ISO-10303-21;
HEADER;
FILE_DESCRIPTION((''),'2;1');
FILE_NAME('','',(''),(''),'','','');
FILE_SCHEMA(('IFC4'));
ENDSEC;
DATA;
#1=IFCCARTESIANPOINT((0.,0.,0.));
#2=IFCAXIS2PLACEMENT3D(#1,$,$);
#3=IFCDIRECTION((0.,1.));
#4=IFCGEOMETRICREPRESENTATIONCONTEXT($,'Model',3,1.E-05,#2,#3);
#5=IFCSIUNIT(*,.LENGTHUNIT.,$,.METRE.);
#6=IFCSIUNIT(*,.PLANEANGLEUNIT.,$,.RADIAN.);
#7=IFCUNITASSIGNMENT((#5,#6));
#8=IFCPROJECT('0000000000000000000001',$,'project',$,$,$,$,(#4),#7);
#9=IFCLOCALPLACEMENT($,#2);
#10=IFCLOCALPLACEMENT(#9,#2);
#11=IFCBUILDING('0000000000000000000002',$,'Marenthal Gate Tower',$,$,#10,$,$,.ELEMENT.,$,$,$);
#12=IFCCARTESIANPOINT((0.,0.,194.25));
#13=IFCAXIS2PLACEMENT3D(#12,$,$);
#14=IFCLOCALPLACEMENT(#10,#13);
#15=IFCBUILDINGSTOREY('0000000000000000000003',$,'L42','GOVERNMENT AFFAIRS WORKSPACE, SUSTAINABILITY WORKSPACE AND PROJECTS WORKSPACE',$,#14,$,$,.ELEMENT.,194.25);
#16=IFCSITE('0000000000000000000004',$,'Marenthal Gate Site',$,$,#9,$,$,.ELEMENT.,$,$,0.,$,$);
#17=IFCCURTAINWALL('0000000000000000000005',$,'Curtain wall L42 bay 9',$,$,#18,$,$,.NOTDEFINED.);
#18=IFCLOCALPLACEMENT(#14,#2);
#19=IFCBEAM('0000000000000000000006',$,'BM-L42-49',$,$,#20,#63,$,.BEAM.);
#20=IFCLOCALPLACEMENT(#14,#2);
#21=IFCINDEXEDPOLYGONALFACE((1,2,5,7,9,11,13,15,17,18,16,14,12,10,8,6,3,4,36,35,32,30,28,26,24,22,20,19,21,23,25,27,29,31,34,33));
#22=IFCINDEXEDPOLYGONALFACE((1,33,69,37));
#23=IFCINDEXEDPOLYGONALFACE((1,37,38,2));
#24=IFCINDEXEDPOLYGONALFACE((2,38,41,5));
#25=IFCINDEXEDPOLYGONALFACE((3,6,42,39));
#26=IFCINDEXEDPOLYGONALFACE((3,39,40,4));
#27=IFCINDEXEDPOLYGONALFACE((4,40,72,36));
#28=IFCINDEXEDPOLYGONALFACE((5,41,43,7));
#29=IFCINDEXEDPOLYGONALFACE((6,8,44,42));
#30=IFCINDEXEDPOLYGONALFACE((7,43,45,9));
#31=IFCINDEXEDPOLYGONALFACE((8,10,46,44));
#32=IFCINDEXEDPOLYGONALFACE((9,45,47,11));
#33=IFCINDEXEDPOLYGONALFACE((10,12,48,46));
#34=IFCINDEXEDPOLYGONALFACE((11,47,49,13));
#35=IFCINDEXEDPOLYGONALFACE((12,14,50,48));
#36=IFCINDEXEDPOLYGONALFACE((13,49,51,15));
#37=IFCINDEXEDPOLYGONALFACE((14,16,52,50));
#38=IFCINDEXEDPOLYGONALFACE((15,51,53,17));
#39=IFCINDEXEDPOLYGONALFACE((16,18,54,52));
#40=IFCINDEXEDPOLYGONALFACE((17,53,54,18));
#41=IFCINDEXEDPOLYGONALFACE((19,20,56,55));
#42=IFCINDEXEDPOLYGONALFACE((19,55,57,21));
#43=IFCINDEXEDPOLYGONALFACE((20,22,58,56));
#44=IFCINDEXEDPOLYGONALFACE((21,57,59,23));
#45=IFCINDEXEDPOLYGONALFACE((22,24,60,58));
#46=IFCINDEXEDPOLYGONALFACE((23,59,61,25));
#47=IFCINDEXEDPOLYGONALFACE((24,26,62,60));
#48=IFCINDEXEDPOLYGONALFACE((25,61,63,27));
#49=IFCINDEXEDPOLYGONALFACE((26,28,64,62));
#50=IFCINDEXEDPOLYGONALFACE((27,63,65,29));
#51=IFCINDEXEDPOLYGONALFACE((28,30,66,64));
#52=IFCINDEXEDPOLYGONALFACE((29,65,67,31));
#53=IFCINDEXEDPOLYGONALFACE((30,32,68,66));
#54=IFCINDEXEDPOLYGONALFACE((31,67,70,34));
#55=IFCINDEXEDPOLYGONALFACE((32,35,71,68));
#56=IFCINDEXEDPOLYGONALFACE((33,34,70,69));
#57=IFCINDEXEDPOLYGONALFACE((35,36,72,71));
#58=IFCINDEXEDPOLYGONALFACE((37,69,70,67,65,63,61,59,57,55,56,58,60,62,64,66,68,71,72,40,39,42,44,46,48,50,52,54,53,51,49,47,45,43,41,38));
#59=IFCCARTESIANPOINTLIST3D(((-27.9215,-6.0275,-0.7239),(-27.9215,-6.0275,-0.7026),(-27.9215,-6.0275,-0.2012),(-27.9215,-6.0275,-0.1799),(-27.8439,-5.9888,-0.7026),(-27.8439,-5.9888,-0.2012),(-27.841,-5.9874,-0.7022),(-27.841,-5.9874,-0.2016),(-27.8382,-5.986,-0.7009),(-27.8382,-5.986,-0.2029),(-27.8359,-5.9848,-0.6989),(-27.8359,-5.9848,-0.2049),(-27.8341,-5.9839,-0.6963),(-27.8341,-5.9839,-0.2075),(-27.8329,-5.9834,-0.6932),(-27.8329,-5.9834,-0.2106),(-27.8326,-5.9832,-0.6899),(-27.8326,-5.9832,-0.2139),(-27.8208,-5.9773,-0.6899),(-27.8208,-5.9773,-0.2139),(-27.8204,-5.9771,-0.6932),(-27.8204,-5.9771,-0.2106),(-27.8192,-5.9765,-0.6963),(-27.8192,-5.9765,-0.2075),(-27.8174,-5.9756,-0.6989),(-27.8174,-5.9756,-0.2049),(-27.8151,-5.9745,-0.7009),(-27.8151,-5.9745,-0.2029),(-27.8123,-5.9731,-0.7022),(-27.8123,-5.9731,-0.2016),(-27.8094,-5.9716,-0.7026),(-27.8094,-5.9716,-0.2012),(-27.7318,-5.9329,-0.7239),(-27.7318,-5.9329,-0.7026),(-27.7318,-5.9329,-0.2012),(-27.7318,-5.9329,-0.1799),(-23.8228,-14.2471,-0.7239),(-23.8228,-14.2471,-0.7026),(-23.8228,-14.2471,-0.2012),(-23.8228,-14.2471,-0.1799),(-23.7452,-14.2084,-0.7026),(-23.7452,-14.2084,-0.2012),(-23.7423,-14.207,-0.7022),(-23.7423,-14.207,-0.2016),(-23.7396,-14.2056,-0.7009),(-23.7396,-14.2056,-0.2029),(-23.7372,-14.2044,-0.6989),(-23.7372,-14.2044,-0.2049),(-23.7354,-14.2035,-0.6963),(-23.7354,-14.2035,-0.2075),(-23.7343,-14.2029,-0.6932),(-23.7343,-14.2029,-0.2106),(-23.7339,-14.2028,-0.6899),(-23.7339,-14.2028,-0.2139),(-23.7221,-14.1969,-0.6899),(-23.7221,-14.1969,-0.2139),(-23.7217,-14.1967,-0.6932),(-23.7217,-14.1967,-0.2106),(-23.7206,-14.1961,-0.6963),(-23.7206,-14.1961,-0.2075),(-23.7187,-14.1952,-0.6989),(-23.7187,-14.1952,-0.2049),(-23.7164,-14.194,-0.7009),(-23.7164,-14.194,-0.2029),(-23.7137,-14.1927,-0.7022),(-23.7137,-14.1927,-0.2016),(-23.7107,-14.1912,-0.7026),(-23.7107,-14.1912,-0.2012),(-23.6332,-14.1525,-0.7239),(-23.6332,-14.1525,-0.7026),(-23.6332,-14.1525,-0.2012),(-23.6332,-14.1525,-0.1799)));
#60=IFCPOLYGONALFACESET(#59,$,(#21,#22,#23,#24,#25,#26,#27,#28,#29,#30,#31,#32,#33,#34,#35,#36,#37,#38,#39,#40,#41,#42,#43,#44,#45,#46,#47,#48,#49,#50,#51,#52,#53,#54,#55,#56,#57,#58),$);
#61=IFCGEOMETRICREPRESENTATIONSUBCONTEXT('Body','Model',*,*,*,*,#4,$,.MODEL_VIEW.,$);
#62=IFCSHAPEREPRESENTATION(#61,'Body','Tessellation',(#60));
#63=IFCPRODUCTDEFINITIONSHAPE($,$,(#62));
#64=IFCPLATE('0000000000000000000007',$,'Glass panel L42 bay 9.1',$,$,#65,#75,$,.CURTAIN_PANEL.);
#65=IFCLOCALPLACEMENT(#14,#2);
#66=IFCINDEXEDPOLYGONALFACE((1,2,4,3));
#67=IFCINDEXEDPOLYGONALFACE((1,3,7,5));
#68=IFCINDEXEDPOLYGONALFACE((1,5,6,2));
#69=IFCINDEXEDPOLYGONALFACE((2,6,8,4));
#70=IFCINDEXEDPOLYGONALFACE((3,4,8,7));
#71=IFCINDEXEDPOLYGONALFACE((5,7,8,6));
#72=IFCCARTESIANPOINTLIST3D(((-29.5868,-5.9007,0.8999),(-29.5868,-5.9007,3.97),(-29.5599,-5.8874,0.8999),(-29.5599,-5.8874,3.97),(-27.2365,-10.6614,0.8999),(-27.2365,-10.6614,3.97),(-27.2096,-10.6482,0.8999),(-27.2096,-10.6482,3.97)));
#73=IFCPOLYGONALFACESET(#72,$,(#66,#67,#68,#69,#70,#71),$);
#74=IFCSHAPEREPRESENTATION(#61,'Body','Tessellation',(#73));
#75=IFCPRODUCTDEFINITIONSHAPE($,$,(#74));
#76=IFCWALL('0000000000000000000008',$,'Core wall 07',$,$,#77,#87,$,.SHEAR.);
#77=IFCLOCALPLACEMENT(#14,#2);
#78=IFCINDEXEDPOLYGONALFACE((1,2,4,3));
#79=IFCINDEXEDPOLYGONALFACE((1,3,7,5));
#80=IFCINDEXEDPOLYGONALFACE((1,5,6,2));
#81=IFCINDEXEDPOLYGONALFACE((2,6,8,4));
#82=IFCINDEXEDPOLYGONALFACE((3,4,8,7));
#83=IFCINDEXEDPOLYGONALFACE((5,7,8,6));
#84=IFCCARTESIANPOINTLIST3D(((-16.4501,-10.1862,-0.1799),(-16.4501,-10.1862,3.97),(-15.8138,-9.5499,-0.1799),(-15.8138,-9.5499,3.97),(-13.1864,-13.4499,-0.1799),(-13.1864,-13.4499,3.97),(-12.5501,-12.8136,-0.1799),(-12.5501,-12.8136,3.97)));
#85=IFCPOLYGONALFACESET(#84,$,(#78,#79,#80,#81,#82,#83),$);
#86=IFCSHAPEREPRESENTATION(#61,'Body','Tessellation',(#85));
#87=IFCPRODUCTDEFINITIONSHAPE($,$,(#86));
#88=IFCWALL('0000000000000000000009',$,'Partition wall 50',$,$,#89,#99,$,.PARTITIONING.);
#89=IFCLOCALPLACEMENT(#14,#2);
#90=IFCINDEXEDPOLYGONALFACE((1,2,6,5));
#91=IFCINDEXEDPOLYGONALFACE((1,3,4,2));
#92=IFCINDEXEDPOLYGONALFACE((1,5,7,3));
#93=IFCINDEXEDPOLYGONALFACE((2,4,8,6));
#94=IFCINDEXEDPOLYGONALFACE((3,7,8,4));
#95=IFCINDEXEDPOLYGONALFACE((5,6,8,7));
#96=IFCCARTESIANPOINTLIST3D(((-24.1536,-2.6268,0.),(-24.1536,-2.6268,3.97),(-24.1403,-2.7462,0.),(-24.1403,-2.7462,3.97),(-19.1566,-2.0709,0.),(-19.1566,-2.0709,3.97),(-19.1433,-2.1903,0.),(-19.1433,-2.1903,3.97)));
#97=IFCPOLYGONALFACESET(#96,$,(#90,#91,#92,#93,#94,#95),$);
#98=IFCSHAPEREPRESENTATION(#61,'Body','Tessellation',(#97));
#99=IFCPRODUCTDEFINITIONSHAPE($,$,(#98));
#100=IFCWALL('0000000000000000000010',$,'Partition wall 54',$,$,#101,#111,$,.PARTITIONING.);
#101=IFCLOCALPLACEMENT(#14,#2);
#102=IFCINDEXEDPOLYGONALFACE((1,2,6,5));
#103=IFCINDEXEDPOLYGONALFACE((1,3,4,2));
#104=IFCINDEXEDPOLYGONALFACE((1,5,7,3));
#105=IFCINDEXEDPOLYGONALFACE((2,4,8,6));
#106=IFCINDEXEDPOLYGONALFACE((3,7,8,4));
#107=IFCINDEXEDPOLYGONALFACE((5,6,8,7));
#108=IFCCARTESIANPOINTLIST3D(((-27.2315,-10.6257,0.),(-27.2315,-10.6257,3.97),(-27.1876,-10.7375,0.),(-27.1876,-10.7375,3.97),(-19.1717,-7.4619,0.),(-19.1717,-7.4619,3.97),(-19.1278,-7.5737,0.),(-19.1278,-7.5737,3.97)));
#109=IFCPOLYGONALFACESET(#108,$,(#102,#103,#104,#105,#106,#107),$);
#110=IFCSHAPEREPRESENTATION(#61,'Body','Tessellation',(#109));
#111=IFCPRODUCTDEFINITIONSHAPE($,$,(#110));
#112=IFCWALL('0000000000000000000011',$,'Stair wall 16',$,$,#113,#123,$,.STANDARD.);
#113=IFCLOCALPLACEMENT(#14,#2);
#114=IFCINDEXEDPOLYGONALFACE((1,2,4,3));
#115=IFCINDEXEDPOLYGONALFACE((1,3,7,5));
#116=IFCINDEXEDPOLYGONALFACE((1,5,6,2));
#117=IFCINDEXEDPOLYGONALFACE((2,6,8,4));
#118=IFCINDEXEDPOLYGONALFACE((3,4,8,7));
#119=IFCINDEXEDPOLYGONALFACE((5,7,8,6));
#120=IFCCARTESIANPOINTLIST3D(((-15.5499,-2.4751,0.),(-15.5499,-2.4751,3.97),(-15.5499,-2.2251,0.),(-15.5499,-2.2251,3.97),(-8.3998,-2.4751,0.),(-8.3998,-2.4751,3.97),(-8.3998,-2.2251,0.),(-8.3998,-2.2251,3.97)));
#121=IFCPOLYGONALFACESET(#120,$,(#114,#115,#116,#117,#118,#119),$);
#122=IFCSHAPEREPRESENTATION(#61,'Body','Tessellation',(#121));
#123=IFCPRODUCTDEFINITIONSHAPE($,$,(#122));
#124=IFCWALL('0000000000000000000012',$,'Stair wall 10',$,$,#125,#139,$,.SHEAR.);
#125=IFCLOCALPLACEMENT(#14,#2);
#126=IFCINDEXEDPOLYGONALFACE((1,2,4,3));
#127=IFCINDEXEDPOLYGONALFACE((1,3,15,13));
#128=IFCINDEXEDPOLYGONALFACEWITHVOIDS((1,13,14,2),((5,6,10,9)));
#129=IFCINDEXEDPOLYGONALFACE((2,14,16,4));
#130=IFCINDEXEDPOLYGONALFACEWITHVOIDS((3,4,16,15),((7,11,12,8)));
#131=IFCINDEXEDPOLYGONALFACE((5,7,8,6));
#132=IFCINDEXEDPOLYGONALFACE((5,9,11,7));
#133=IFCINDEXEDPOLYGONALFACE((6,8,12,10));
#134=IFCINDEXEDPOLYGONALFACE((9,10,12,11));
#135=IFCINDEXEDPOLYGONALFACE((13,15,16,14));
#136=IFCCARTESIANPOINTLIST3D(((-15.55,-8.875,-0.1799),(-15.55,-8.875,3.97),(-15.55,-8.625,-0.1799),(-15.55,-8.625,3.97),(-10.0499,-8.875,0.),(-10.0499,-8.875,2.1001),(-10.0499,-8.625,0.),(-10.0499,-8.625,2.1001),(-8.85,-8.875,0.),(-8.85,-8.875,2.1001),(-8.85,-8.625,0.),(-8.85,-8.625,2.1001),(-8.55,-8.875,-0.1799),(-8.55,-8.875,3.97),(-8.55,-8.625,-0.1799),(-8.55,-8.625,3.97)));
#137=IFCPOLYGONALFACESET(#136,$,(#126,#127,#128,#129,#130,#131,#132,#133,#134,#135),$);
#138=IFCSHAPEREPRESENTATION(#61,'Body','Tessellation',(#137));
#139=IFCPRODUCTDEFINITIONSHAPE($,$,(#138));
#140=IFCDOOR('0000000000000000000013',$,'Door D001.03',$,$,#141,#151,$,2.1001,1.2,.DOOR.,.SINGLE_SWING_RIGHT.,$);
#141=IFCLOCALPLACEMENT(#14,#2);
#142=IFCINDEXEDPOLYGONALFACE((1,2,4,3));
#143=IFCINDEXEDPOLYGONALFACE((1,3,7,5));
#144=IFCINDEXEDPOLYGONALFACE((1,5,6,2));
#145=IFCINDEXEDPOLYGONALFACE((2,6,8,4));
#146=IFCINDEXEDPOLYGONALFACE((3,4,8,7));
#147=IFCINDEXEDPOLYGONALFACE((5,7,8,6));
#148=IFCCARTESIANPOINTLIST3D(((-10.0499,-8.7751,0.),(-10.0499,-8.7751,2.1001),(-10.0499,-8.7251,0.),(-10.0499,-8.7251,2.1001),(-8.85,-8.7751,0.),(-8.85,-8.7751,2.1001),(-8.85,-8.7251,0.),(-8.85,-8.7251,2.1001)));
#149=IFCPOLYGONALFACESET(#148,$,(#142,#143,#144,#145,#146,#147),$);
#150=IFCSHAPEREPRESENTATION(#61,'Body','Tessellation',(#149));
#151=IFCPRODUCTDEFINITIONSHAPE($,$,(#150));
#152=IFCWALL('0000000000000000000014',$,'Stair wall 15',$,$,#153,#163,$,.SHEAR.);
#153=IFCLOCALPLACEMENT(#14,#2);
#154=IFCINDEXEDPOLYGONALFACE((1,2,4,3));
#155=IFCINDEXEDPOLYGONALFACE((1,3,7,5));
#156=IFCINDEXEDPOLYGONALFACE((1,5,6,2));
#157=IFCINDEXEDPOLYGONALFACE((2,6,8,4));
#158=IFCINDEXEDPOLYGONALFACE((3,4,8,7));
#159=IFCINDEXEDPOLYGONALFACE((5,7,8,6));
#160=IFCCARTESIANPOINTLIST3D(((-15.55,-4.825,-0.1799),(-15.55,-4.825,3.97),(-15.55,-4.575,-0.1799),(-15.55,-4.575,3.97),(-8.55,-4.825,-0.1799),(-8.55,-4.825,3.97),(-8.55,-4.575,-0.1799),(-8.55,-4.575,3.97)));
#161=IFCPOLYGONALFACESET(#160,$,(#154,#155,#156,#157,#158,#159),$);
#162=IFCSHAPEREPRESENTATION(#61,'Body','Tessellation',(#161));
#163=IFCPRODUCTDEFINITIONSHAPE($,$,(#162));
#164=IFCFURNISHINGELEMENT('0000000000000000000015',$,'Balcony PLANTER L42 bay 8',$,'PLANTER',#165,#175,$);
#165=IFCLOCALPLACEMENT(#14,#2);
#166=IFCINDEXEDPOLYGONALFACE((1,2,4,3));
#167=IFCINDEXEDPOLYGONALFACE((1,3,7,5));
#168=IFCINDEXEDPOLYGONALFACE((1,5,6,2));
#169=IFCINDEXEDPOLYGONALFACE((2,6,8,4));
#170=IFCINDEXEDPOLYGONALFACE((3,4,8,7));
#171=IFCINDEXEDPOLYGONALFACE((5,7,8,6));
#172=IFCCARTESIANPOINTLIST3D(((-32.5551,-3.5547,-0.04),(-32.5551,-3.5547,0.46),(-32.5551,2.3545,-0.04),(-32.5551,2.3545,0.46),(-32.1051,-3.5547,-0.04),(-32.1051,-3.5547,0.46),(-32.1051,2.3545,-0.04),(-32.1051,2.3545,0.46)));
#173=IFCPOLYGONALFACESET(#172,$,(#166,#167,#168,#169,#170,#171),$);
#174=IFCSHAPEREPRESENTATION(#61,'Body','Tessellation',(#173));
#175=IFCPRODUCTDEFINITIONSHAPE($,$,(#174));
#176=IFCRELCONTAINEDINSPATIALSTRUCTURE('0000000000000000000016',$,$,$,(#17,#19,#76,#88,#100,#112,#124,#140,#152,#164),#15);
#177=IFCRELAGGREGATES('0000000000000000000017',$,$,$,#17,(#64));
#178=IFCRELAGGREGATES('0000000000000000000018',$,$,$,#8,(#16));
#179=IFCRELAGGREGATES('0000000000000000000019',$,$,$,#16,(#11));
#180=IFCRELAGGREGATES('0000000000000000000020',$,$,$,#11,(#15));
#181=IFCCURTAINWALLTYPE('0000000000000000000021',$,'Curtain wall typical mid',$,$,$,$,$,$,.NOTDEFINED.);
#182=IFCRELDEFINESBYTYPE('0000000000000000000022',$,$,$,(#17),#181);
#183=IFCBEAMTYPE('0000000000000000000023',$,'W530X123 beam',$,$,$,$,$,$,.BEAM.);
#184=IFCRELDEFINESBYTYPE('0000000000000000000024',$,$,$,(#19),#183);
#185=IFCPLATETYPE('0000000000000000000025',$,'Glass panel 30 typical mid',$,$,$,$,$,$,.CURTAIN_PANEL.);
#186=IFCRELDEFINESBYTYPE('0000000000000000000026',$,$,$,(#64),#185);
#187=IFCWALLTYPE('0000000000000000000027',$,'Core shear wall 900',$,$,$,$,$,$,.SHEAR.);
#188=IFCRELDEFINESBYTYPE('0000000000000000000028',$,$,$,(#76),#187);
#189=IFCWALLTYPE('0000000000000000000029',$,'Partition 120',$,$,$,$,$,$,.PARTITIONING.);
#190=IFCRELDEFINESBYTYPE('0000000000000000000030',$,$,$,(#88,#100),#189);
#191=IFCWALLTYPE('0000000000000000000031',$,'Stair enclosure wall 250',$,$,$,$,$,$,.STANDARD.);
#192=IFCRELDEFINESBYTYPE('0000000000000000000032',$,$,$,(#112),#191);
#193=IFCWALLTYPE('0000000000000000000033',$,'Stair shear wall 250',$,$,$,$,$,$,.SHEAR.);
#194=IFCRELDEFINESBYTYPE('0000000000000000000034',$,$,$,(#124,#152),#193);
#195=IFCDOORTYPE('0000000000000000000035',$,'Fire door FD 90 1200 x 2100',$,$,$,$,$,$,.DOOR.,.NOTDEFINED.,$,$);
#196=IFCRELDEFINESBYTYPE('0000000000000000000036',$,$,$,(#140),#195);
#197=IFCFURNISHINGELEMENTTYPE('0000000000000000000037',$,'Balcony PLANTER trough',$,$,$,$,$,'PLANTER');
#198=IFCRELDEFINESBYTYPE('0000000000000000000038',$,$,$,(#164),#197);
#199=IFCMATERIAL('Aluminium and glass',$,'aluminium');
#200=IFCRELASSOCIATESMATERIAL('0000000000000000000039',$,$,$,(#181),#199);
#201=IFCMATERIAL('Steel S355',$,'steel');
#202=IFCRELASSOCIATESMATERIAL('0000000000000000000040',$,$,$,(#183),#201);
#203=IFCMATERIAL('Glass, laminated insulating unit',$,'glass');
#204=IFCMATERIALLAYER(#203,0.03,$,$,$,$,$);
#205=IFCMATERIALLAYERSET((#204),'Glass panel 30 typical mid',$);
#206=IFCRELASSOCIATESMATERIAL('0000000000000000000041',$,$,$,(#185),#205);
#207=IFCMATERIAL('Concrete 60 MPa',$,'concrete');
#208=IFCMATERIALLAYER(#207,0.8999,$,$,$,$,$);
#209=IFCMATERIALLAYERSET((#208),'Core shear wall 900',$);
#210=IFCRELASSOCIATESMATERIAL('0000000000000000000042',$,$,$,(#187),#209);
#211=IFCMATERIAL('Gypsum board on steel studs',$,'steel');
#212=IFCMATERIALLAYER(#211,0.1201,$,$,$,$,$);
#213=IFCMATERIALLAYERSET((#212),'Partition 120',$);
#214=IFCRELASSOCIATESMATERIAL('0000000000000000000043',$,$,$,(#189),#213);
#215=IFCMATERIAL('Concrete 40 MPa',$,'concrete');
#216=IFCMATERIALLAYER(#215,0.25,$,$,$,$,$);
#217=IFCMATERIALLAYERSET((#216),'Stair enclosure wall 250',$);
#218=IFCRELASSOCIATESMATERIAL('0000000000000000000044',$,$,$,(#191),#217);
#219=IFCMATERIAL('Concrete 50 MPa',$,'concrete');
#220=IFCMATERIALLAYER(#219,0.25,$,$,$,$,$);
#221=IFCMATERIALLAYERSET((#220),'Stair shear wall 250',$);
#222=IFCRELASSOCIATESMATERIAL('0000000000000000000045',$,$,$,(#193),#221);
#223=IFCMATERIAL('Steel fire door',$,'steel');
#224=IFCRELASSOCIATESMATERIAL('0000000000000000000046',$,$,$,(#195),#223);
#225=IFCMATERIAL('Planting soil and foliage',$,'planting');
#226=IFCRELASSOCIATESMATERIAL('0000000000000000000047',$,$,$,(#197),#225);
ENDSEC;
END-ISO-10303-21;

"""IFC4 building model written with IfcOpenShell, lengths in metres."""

from ifc_helpers import new_model, si_unit, direction, frame, frame_2d, origin, origin_2d, place, context, subcontext, project, spatial, rectangle, i_section, extrude, material, layer, layer_set, material_profile, profile_set, type_object, element, fill, aggregate, save


model = new_model("IFC4")

# Units and contexts
model_context = context("Model", 3, precision=1e-05, world=origin(), true_north=direction((0.0, 1.0)))
body_context = subcontext(model_context, "Body", "Model", "MODEL_VIEW")
ifc_project = project(units=[si_unit("LENGTHUNIT", "METRE"), si_unit("PLANEANGLEUNIT", "RADIAN")], contexts=[model_context])

# Site, building, storey
site_placement = place(None, origin())
site = spatial("IfcSite", under=ifc_project, at=site_placement, Name="Marenthal Gate Site", CompositionType="ELEMENT", RefElevation=0.0)
building_placement = place(site_placement, origin())
building = spatial("IfcBuilding", under=site, at=building_placement, Name="Marenthal Gate Tower", CompositionType="ELEMENT")
storey_placement = place(building_placement, frame((0.0, 0.0, 194.25)))
storey = spatial("IfcBuildingStorey", under=building, at=storey_placement, Name="L42", Description="GOVERNMENT AFFAIRS WORKSPACE, SUSTAINABILITY WORKSPACE AND PROJECTS WORKSPACE", CompositionType="ELEMENT", Elevation=194.25)

# Curtain wall
ifc_material_1 = material(Name="Aluminium and glass", Category="aluminium")
curtain_wall_type = type_object("IfcCurtainWallType", Name="Curtain wall typical mid", PredefinedType="NOTDEFINED", material=ifc_material_1)
curtain_wall_placement = place(storey_placement, origin())
curtain_wall = element("IfcCurtainWall", 1, at=curtain_wall_placement, inside=storey, type_object=curtain_wall_type, Name="Curtain wall L42 bay 9", PredefinedType="NOTDEFINED")

# Beam
ifc_material_2 = material(Name="Steel S355", Category="steel")
ifc_material_profile_1 = material_profile(ifc_material_2, i_section(OverallWidth=0.2119, OverallDepth=0.5439, WebThickness=0.0132, FlangeThickness=0.0212, FilletRadius=0.0127, at=origin_2d()), Name="W530X123")
ifc_profile_set_1 = profile_set([ifc_material_profile_1], Name="Steel S355")
beam_type_1 = type_object("IfcBeamType", Name="W530X123 beam", PredefinedType="BEAM", material=ifc_profile_set_1)
beam_1_placement = place(storey_placement, frame((-27.8267, -5.9802, -0.4519), z_axis=(0.446246, -0.89491, 0.0), x_axis=(0.89491, 0.446246, 0.0)))
element("IfcBeam", 2, at=beam_1_placement, inside=storey, type_object=beam_type_1, Name="BM-L42-49", PredefinedType="BEAM", context=body_context, shape_type="SweptSolid", body=[
    extrude(i_section(OverallWidth=0.2119, OverallDepth=0.5439, WebThickness=0.0132, FlangeThickness=0.0212, FilletRadius=0.0127, at=origin_2d()), origin(), (0.0, 0.0, 1.0), 9.1848),
])

# Plate
ifc_material_3 = material(Name="Glass, laminated insulating unit", Category="glass")
ifc_layer_1 = layer(ifc_material_3, 0.03)
ifc_layer_set_1 = layer_set([ifc_layer_1], Name="Glass panel 30 typical mid")
plate_type = type_object("IfcPlateType", Name="Glass panel 30 typical mid", PredefinedType="CURTAIN_PANEL", material=ifc_layer_set_1)
plate_placement = place(storey_placement, frame((-28.3982, -8.2744, 0.8999), z_axis=(0.0, 0.0, 1.0), x_axis=(0.442678, -0.896681, 0.0)))
plate = element("IfcPlate", 3, at=plate_placement, type_object=plate_type, Name="Glass panel L42 bay 9.1", PredefinedType="CURTAIN_PANEL", context=body_context, shape_type="SweptSolid", body=[
    extrude(rectangle(XDim=5.3093, YDim=0.03, at=origin_2d()), origin(), (0.0, 0.0, 1.0), 3.0701),
])
aggregate(curtain_wall, [plate])

# Walls
ifc_material_4 = material(Name="Concrete 60 MPa", Category="concrete")
ifc_layer_2 = layer(ifc_material_4, 0.8999)
ifc_layer_set_2 = layer_set([ifc_layer_2], Name="Core shear wall 900")
wall_type_1 = type_object("IfcWallType", Name="Core shear wall 900", PredefinedType="SHEAR", material=ifc_layer_set_2)
wall_1_placement = place(storey_placement, frame((-16.1318, -9.8682, -0.1799), z_axis=(0.0, 0.0, 1.0), x_axis=(0.707107, -0.707107, 0.0)))
element("IfcWall", 4, at=wall_1_placement, inside=storey, type_object=wall_type_1, Name="Core wall 07", PredefinedType="SHEAR", context=body_context, shape_type="SweptSolid", body=[
    extrude(rectangle(XDim=4.6155, YDim=0.8999, at=frame_2d((2.3076, 0.0))), origin(), (0.0, 0.0, 1.0), 4.1499),
])
ifc_material_5 = material(Name="Gypsum board on steel studs", Category="steel")
ifc_layer_3 = layer(ifc_material_5, 0.1201)
ifc_layer_set_3 = layer_set([ifc_layer_3], Name="Partition 120")
wall_type_2 = type_object("IfcWallType", Name="Partition 120", PredefinedType="PARTITIONING", material=ifc_layer_set_3)
wall_2_placement = place(storey_placement, frame((-24.147, -2.6865, 0.0), z_axis=(0.0, 0.0, 1.0), x_axis=(0.993869, 0.110565, 0.0)))
element("IfcWall", 5, at=wall_2_placement, inside=storey, type_object=wall_type_2, Name="Partition wall 50", PredefinedType="PARTITIONING", context=body_context, shape_type="SweptSolid", body=[
    extrude(rectangle(XDim=5.0278, YDim=0.1201, at=frame_2d((2.5139, 0.0))), origin(), (0.0, 0.0, 1.0), 3.97),
])
wall_3_placement = place(storey_placement, frame((-19.1499, -7.5178, 0.0), z_axis=(0.0, 0.0, 1.0), x_axis=(-0.930851, -0.365398, 0.0)))
element("IfcWall", 6, at=wall_3_placement, inside=storey, type_object=wall_type_2, Name="Partition wall 54", PredefinedType="PARTITIONING", context=body_context, shape_type="SweptSolid", body=[
    extrude(rectangle(XDim=8.6584, YDim=0.1201, at=frame_2d((4.3291, 0.0))), origin(), (0.0, 0.0, 1.0), 3.97),
])
ifc_material_6 = material(Name="Concrete 40 MPa", Category="concrete")
ifc_layer_4 = layer(ifc_material_6, 0.25)
ifc_layer_set_4 = layer_set([ifc_layer_4], Name="Stair enclosure wall 250")
wall_type_3 = type_object("IfcWallType", Name="Stair enclosure wall 250", PredefinedType="STANDARD", material=ifc_layer_set_4)
wall_4_placement = place(storey_placement, frame((-15.55, -2.3501, 0.0), z_axis=(0.0, 0.0, 1.0), x_axis=(1.0, 0.0, 0.0)))
element("IfcWall", 7, at=wall_4_placement, inside=storey, type_object=wall_type_3, Name="Stair wall 16", PredefinedType="STANDARD", context=body_context, shape_type="SweptSolid", body=[
    extrude(rectangle(XDim=7.1501, YDim=0.25, at=frame_2d((3.5752, 0.0))), origin(), (0.0, 0.0, 1.0), 3.97),
])

# Wall, opening, door
ifc_material_7 = material(Name="Concrete 50 MPa", Category="concrete")
ifc_layer_5 = layer(ifc_material_7, 0.25)
ifc_layer_set_5 = layer_set([ifc_layer_5], Name="Stair shear wall 250")
wall_type_4 = type_object("IfcWallType", Name="Stair shear wall 250", PredefinedType="SHEAR", material=ifc_layer_set_5)
wall_5_placement = place(storey_placement, frame((-15.55, -8.75, -0.1799), z_axis=(0.0, 0.0, 1.0), x_axis=(1.0, 0.0, 0.0)))
wall_5 = element("IfcWall", 8, at=wall_5_placement, inside=storey, type_object=wall_type_4, Name="Stair wall 10", PredefinedType="SHEAR", context=body_context, shape_type="SweptSolid", body=[
    extrude(rectangle(XDim=7.0, YDim=0.25, at=frame_2d((3.5, 0.0))), origin(), (0.0, 0.0, 1.0), 4.1499),
])
opening_placement = place(wall_5_placement, frame((5.5, 0.0, 0.1799)))
opening = element("IfcOpeningElement", 9, at=opening_placement, cuts=wall_5, PredefinedType="OPENING", context=body_context, shape_type="SweptSolid", body=[
    extrude(rectangle(XDim=1.2, YDim=2.1001, at=frame_2d((0.6001, 1.05))), frame((0.0, 0.135, 0.0), z_axis=(0.0, -1.0, 0.0), x_axis=(1.0, 0.0, 0.0)), (0.0, 0.0, 1.0), 0.27),
])
ifc_material_8 = material(Name="Steel fire door", Category="steel")
door_type = type_object("IfcDoorType", Name="Fire door FD 90 1200 x 2100", OperationType="NOTDEFINED", PredefinedType="DOOR", material=ifc_material_8)
door_placement = place(opening_placement, origin())
door = element("IfcDoor", 10, at=door_placement, inside=storey, type_object=door_type, Name="Door D001.03", OperationType="SINGLE_SWING_RIGHT", OverallHeight=2.1001, OverallWidth=1.2, PredefinedType="DOOR", context=body_context, shape_type="SweptSolid", body=[
    extrude(rectangle(XDim=1.2, YDim=2.1001, at=frame_2d((0.6001, 1.05))), frame((0.0, 0.0249, 0.0), z_axis=(0.0, -1.0, 0.0), x_axis=(1.0, 0.0, 0.0)), (0.0, 0.0, 1.0), 0.05),
])
fill(opening, door)

# Wall
wall_6_placement = place(storey_placement, frame((-15.55, -4.7, -0.1799), z_axis=(0.0, 0.0, 1.0), x_axis=(1.0, 0.0, 0.0)))
element("IfcWall", 11, at=wall_6_placement, inside=storey, type_object=wall_type_4, Name="Stair wall 15", PredefinedType="SHEAR", context=body_context, shape_type="SweptSolid", body=[
    extrude(rectangle(XDim=7.0, YDim=0.25, at=frame_2d((3.5, 0.0))), origin(), (0.0, 0.0, 1.0), 4.1499),
])

# Furnishing element
ifc_material_9 = material(Name="Planting soil and foliage", Category="planting")
furnishing_element_type = type_object("IfcFurnishingElementType", Name="Balcony PLANTER trough", ElementType="PLANTER", material=ifc_material_9)
furnishing_placement = place(storey_placement, frame((-32.3301, -0.6001, -0.04), z_axis=(0.0, 0.0, 1.0), x_axis=(0.0, -1.0, 0.0)))
element("IfcFurnishingElement", 12, at=furnishing_placement, inside=storey, type_object=furnishing_element_type, Name="Balcony PLANTER L42 bay 8", ObjectType="PLANTER", context=body_context, shape_type="SweptSolid", body=[
    extrude(rectangle(XDim=5.9092, YDim=0.45, at=origin_2d()), origin(), (0.0, 0.0, 1.0), 0.5),
])

save(model, "model.ifc")
